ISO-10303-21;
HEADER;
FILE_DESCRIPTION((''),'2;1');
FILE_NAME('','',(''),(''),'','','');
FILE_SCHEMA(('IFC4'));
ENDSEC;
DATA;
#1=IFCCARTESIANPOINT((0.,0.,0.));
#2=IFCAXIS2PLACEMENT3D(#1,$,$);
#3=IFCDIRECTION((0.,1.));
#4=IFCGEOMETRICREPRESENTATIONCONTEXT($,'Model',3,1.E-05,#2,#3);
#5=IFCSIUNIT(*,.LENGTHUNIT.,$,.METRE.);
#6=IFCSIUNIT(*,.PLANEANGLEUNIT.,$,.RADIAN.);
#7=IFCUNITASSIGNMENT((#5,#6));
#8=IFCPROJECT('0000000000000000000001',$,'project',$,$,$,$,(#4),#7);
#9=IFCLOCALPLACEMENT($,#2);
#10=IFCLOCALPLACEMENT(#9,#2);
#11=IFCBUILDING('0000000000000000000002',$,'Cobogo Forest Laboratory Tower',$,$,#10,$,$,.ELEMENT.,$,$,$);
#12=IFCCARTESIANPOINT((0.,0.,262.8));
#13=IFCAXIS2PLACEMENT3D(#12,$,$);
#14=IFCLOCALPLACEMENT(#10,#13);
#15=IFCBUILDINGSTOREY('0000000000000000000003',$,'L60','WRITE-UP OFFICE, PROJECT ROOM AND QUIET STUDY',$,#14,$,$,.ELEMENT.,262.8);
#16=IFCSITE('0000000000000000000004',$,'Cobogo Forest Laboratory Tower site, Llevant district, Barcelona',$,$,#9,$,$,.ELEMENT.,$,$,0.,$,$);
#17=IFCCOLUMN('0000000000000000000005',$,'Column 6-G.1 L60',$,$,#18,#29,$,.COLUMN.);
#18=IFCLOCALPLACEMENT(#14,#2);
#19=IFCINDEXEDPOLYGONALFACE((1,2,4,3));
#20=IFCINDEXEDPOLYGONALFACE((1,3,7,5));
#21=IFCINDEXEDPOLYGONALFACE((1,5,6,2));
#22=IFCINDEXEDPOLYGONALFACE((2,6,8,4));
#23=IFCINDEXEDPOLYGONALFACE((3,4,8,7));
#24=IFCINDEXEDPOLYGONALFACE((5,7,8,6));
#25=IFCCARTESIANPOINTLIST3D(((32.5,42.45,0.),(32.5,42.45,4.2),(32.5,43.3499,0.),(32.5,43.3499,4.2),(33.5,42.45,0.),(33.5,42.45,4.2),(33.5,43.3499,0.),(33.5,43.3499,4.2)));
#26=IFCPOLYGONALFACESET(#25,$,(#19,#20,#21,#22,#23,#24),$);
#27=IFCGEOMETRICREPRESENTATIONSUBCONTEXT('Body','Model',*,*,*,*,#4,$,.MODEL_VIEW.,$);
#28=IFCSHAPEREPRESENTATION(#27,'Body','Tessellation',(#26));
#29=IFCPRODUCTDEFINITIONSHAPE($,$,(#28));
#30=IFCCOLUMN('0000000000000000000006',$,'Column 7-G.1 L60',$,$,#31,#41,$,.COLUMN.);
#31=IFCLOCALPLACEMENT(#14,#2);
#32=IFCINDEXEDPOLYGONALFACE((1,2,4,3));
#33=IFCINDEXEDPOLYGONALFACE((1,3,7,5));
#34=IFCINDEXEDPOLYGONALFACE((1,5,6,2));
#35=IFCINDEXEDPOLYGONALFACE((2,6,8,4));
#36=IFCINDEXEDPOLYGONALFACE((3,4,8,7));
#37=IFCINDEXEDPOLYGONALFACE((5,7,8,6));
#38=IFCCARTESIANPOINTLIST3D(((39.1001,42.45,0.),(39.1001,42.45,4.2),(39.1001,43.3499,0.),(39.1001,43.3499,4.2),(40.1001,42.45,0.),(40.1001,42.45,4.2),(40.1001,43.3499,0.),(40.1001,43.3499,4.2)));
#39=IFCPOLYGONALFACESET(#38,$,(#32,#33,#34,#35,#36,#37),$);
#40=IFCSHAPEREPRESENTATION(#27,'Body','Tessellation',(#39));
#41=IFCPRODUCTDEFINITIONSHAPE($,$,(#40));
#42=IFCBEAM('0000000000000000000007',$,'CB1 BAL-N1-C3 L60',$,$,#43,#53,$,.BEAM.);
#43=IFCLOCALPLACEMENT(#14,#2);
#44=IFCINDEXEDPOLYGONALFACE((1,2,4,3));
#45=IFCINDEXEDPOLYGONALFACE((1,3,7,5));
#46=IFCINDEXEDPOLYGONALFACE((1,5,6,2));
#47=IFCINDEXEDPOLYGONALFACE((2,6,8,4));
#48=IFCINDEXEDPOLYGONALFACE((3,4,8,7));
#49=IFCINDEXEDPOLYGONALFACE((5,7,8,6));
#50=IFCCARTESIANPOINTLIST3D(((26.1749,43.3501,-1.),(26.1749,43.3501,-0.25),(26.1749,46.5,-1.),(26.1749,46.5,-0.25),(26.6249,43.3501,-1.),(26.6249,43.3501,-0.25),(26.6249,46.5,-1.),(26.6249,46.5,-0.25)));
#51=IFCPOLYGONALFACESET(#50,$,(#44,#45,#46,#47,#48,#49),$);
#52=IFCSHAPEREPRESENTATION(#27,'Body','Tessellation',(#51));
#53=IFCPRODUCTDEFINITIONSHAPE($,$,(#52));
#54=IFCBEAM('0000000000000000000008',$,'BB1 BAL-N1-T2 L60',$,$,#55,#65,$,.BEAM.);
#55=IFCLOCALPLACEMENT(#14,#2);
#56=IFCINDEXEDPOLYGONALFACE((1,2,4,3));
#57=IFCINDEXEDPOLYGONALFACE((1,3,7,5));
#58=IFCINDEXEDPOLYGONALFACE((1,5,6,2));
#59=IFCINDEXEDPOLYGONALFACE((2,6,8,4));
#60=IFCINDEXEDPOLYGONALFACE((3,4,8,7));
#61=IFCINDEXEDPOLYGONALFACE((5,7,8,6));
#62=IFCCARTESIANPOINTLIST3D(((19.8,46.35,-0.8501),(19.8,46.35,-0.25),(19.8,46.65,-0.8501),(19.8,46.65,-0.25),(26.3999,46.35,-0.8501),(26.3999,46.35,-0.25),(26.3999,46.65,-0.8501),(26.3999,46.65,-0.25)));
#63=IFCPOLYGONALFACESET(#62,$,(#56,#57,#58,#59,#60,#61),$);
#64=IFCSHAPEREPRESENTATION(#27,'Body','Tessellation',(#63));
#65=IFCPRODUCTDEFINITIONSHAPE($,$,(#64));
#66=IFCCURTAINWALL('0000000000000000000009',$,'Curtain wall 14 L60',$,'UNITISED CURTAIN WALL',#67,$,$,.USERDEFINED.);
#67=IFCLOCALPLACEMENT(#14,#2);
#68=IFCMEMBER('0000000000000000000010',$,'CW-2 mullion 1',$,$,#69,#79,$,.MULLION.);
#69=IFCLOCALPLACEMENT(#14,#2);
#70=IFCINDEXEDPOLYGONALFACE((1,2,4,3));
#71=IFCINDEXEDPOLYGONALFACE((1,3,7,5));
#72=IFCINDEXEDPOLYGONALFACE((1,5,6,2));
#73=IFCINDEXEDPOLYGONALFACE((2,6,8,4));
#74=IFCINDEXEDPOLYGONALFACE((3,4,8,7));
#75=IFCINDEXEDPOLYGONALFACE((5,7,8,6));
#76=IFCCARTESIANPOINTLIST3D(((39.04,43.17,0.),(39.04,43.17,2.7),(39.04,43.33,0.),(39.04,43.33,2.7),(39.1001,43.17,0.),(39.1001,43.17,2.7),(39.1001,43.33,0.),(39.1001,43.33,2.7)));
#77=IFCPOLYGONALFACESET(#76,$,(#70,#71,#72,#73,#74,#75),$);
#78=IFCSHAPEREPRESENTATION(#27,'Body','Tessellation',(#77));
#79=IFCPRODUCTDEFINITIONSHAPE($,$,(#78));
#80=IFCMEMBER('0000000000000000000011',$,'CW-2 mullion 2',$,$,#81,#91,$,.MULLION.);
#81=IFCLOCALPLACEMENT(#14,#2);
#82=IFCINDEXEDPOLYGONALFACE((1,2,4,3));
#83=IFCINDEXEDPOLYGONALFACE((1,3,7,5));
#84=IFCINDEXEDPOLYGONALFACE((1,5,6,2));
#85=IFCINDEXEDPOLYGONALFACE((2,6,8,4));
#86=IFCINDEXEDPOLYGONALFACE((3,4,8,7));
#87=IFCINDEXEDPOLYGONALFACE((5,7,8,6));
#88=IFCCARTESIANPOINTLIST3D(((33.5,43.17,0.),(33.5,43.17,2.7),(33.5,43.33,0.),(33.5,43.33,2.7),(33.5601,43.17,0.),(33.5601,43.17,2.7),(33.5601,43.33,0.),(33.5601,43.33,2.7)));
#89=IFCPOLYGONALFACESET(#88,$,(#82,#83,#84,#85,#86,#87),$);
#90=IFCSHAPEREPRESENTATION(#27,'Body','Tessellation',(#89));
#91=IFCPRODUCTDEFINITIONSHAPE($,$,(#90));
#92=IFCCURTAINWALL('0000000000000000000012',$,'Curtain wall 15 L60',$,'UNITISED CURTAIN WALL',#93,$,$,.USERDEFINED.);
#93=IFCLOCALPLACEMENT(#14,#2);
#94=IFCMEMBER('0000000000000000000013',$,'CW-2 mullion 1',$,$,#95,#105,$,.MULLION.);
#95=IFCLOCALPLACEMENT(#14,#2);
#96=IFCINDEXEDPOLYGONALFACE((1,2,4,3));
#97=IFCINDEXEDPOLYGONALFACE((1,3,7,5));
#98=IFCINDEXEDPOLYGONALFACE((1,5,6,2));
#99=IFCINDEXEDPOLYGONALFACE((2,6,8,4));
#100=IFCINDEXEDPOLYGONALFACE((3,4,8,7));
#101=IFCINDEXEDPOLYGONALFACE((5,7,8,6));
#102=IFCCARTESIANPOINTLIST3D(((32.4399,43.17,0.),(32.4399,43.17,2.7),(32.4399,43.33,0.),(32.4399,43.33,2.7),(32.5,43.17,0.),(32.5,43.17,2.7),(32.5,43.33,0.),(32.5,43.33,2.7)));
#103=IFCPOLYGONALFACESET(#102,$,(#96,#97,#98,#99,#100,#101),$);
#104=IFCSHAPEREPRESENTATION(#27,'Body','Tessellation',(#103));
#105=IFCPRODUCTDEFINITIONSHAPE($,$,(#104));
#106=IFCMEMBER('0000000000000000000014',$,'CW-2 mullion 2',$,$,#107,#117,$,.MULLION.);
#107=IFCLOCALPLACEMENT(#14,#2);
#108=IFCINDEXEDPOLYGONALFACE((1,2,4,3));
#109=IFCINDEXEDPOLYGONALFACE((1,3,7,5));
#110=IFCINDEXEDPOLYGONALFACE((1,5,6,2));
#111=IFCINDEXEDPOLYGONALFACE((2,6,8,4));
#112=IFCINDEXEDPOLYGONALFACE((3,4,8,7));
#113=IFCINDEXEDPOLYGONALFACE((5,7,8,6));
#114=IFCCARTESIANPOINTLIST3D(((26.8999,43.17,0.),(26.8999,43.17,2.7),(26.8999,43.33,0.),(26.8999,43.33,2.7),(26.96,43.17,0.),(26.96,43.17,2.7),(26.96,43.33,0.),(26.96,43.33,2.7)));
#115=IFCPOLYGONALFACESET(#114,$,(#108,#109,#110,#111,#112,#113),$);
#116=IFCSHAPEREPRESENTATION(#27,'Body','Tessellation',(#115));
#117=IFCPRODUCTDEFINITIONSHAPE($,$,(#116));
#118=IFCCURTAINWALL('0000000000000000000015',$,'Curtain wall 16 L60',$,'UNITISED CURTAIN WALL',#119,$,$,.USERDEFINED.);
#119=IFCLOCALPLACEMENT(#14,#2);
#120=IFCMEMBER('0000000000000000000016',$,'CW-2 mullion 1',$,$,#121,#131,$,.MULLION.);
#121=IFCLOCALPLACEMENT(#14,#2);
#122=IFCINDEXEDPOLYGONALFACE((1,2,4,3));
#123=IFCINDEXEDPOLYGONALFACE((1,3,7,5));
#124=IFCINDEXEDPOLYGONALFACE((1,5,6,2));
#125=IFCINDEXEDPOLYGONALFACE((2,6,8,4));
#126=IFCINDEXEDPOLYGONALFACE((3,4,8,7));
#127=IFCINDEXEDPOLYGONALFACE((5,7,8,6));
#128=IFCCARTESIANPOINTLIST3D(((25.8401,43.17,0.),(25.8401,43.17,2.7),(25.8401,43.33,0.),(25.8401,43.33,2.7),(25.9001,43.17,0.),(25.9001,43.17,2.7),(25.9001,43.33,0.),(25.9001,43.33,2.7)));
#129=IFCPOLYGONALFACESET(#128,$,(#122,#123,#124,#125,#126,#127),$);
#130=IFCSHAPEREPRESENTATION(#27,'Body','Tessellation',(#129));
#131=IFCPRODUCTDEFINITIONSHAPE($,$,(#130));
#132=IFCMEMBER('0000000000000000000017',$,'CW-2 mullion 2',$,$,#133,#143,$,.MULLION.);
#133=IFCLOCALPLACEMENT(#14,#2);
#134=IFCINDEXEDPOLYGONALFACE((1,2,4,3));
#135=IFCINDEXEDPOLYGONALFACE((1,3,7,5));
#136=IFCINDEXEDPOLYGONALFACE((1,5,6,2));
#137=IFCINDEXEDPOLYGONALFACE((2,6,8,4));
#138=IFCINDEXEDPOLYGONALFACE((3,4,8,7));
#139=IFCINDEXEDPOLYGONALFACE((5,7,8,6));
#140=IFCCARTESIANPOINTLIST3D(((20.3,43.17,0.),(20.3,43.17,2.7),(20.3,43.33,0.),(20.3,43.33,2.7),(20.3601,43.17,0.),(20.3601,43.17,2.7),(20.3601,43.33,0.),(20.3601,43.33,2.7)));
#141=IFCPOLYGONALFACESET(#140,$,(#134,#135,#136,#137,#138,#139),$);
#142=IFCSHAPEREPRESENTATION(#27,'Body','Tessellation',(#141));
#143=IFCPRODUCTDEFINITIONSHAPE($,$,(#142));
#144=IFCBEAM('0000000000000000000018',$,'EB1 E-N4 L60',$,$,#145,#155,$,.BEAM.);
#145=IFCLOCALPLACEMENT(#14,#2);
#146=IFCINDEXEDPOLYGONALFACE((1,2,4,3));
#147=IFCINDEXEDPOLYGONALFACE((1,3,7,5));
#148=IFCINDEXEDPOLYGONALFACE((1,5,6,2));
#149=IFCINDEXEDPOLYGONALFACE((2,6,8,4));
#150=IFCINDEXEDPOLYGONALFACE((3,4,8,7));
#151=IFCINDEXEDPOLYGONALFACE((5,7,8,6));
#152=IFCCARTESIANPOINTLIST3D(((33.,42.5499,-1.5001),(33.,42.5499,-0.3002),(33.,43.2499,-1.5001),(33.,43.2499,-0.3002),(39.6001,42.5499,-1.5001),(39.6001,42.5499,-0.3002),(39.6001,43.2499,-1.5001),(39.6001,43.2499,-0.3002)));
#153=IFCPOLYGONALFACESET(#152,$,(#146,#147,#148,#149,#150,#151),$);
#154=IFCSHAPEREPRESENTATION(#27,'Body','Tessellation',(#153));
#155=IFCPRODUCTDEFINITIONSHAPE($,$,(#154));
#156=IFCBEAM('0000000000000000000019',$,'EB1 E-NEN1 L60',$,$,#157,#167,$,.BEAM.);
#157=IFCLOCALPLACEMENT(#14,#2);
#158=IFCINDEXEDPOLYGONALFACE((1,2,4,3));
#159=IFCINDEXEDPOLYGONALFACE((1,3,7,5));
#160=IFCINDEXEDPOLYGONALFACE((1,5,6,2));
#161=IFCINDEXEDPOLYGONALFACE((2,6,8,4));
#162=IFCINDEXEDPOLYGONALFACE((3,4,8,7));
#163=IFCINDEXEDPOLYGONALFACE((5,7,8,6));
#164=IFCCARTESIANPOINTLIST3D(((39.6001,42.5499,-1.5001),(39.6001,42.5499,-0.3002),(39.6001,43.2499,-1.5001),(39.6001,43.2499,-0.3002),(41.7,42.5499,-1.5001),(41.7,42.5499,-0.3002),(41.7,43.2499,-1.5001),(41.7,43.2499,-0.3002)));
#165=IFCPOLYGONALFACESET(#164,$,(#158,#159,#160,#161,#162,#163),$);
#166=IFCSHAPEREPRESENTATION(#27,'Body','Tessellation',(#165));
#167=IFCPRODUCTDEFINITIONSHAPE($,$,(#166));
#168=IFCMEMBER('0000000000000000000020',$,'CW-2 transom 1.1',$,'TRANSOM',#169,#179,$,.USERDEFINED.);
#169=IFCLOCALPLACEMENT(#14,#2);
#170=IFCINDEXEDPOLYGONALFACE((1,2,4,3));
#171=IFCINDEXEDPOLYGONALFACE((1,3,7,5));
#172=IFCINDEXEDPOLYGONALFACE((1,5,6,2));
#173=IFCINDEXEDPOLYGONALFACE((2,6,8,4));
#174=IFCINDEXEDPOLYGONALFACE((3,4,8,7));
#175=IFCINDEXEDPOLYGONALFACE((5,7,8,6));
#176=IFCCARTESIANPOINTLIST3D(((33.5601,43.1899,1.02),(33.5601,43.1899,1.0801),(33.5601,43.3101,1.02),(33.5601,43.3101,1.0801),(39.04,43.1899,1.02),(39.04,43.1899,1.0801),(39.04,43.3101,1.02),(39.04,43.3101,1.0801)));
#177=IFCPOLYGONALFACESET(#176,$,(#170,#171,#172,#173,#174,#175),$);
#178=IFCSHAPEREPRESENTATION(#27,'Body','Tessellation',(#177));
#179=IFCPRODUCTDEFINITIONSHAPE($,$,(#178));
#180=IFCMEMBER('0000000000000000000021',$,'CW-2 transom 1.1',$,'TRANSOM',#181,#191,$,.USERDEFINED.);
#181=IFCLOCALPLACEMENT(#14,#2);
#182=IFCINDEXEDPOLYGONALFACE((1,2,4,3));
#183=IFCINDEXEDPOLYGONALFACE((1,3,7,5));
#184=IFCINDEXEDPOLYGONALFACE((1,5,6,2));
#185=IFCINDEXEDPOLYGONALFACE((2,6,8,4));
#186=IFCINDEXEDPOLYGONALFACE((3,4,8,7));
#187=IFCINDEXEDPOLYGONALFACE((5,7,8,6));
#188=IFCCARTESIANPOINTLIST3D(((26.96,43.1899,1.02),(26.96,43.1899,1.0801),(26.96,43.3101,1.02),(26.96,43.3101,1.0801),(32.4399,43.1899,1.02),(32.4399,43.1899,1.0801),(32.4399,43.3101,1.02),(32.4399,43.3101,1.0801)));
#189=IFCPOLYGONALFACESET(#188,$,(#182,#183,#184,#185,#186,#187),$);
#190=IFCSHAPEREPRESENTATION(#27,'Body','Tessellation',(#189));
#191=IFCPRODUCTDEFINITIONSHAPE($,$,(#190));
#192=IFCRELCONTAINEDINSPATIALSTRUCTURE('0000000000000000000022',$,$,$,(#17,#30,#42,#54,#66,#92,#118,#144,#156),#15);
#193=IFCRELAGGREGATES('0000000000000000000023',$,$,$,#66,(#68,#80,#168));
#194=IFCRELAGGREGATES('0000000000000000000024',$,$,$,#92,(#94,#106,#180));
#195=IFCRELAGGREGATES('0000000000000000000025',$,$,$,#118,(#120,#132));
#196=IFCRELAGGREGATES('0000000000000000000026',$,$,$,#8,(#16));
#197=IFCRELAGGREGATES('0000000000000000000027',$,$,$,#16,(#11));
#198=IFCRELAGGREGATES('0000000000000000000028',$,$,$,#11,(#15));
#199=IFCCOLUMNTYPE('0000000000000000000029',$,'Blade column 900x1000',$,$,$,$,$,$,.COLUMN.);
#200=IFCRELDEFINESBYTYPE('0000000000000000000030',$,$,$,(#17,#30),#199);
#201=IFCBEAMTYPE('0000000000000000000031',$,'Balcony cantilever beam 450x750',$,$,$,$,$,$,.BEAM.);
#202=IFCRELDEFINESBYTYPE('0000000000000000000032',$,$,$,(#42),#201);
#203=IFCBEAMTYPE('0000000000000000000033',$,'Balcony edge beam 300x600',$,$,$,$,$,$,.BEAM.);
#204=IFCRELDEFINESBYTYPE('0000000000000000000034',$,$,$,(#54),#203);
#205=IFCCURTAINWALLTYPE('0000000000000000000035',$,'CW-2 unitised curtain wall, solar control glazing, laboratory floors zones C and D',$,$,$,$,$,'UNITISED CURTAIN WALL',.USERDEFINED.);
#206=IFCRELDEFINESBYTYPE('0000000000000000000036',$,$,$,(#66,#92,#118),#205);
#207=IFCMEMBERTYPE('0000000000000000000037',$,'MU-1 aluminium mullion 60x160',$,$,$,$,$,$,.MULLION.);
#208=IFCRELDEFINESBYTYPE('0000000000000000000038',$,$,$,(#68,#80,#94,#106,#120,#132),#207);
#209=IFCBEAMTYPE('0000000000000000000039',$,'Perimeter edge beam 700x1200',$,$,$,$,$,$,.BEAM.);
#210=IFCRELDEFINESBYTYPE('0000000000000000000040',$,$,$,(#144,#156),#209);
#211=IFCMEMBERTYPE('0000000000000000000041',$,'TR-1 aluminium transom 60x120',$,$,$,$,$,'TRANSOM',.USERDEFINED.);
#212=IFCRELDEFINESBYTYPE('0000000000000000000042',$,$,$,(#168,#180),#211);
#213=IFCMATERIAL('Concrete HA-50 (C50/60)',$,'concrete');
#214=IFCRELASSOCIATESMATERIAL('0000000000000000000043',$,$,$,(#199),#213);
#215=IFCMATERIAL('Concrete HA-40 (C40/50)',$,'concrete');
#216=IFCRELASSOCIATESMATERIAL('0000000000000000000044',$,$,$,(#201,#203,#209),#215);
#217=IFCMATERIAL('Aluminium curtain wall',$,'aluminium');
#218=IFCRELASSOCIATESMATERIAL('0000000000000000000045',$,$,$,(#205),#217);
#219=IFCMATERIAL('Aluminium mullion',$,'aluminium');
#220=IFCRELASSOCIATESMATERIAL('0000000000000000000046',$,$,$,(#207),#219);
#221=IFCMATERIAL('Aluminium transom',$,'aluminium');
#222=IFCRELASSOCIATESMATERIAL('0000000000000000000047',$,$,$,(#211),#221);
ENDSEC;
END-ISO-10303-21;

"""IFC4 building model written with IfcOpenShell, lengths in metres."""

from ifc_helpers import new_model, si_unit, direction, frame, origin, origin_2d, place, context, subcontext, project, spatial, rectangle, extrude, material, material_profile, profile_set, type_object, element, aggregate, save


model = new_model("IFC4")

# Units and contexts
model_context = context("Model", 3, precision=1e-05, world=origin(), true_north=direction((0.0, 1.0)))
body_context = subcontext(model_context, "Body", "Model", "MODEL_VIEW")
ifc_project = project(units=[si_unit("LENGTHUNIT", "METRE"), si_unit("PLANEANGLEUNIT", "RADIAN")], contexts=[model_context])

# Site, building, storey
site_placement = place(None, origin())
site = spatial("IfcSite", under=ifc_project, at=site_placement, Name="Cobogo Forest Laboratory Tower site, Llevant district, Barcelona", CompositionType="ELEMENT", RefElevation=0.0)
building_placement = place(site_placement, origin())
building = spatial("IfcBuilding", under=site, at=building_placement, Name="Cobogo Forest Laboratory Tower", CompositionType="ELEMENT")
storey_placement = place(building_placement, frame((0.0, 0.0, 262.8)))
storey = spatial("IfcBuildingStorey", under=building, at=storey_placement, Name="L60", Description="WRITE-UP OFFICE, PROJECT ROOM AND QUIET STUDY", CompositionType="ELEMENT", Elevation=262.8)

# Columns
ifc_material_1 = material(Name="Concrete HA-50 (C50/60)", Category="concrete")
ifc_material_profile_1 = material_profile(ifc_material_1, rectangle(XDim=1.0, YDim=0.8999, at=origin_2d()), Name="RC 900x1000")
ifc_profile_set_1 = profile_set([ifc_material_profile_1], Name="Concrete HA-50 (C50/60)")
column_type = type_object("IfcColumnType", Name="Blade column 900x1000", PredefinedType="COLUMN", material=ifc_profile_set_1)
for number, where, z_axis, x_axis, name in (
    (1, (33.0, 42.8999, 0.0), (0.0, 0.0, 1.0), (1.0, 0.0, 0.0), "Column 6-G.1 L60"),
    (2, (39.6001, 42.8999, 0.0), (0.0, 0.0, 1.0), (1.0, 0.0, 0.0), "Column 7-G.1 L60"),
):
    element("IfcColumn", number, at=place(storey_placement, frame(where, z_axis=z_axis, x_axis=x_axis)), inside=storey, type_object=column_type, Name=name, PredefinedType="COLUMN", context=body_context, shape_type="SweptSolid", body=[
        extrude(rectangle(XDim=1.0, YDim=0.8999, at=origin_2d()), origin(), (0.0, 0.0, 1.0), 4.2),
    ])

# Beams
ifc_material_2 = material(Name="Concrete HA-40 (C40/50)", Category="concrete")
ifc_material_profile_2 = material_profile(ifc_material_2, rectangle(XDim=0.45, YDim=0.75, at=origin_2d()), Name="RC 450x750")
ifc_profile_set_2 = profile_set([ifc_material_profile_2], Name="Concrete HA-40 (C40/50)")
beam_type_1 = type_object("IfcBeamType", Name="Balcony cantilever beam 450x750", PredefinedType="BEAM", material=ifc_profile_set_2)
beam_1_placement = place(storey_placement, frame((26.3999, 43.3501, -0.625), z_axis=(0.0, 1.0, 0.0), x_axis=(-1.0, 0.0, 0.0)))
element("IfcBeam", 3, at=beam_1_placement, inside=storey, type_object=beam_type_1, Name="CB1 BAL-N1-C3 L60", PredefinedType="BEAM", context=body_context, shape_type="SweptSolid", body=[
    extrude(rectangle(XDim=0.45, YDim=0.75, at=origin_2d()), origin(), (0.0, 0.0, 1.0), 3.1499),
])
ifc_material_profile_3 = material_profile(ifc_material_2, rectangle(XDim=0.3, YDim=0.6001, at=origin_2d()), Name="RC 300x600")
ifc_profile_set_3 = profile_set([ifc_material_profile_3], Name="Concrete HA-40 (C40/50)")
beam_type_2 = type_object("IfcBeamType", Name="Balcony edge beam 300x600", PredefinedType="BEAM", material=ifc_profile_set_3)
beam_2_placement = place(storey_placement, frame((19.8, 46.5, -0.55), z_axis=(1.0, 0.0, 0.0), x_axis=(0.0, 1.0, 0.0)))
element("IfcBeam", 4, at=beam_2_placement, inside=storey, type_object=beam_type_2, Name="BB1 BAL-N1-T2 L60", PredefinedType="BEAM", context=body_context, shape_type="SweptSolid", body=[
    extrude(rectangle(XDim=0.3, YDim=0.6001, at=origin_2d()), origin(), (0.0, 0.0, 1.0), 6.5999),
])

# Curtain walls, members
ifc_material_3 = material(Name="Aluminium curtain wall", Category="aluminium")
curtain_wall_type = type_object("IfcCurtainWallType", Name="CW-2 unitised curtain wall, solar control glazing, laboratory floors zones C and D", ElementType="UNITISED CURTAIN WALL", PredefinedType="USERDEFINED", material=ifc_material_3)
curtain_wall_1_placement = place(storey_placement, origin())
curtain_wall_1 = element("IfcCurtainWall", 5, at=curtain_wall_1_placement, inside=storey, type_object=curtain_wall_type, Name="Curtain wall 14 L60", ObjectType="UNITISED CURTAIN WALL", PredefinedType="USERDEFINED")
ifc_material_4 = material(Name="Aluminium mullion", Category="aluminium")
ifc_material_profile_4 = material_profile(ifc_material_4, rectangle(XDim=0.0601, YDim=0.1599, at=origin_2d()), Name="AL 60x160")
ifc_profile_set_4 = profile_set([ifc_material_profile_4], Name="Aluminium mullion")
member_type_1 = type_object("IfcMemberType", Name="MU-1 aluminium mullion 60x160", PredefinedType="MULLION", material=ifc_profile_set_4)
member_1_placement = place(storey_placement, frame((39.0701, 43.25, 0.0), z_axis=(0.0, 0.0, 1.0), x_axis=(-1.0, 0.0, 0.0)))
member_1 = element("IfcMember", 6, at=member_1_placement, type_object=member_type_1, Name="CW-2 mullion 1", PredefinedType="MULLION", context=body_context, shape_type="SweptSolid", body=[
    extrude(rectangle(XDim=0.0601, YDim=0.1599, at=origin_2d()), origin(), (0.0, 0.0, 1.0), 2.7),
])
member_2_placement = place(storey_placement, frame((33.53, 43.25, 0.0), z_axis=(0.0, 0.0, 1.0), x_axis=(-1.0, 0.0, 0.0)))
member_2 = element("IfcMember", 7, at=member_2_placement, type_object=member_type_1, Name="CW-2 mullion 2", PredefinedType="MULLION", context=body_context, shape_type="SweptSolid", body=[
    extrude(rectangle(XDim=0.0601, YDim=0.1599, at=origin_2d()), origin(), (0.0, 0.0, 1.0), 2.7),
])
curtain_wall_2_placement = place(storey_placement, origin())
curtain_wall_2 = element("IfcCurtainWall", 8, at=curtain_wall_2_placement, inside=storey, type_object=curtain_wall_type, Name="Curtain wall 15 L60", ObjectType="UNITISED CURTAIN WALL", PredefinedType="USERDEFINED")
member_3_placement = place(storey_placement, frame((32.47, 43.25, 0.0), z_axis=(0.0, 0.0, 1.0), x_axis=(-1.0, 0.0, 0.0)))
member_3 = element("IfcMember", 9, at=member_3_placement, type_object=member_type_1, Name="CW-2 mullion 1", PredefinedType="MULLION", context=body_context, shape_type="SweptSolid", body=[
    extrude(rectangle(XDim=0.0601, YDim=0.1599, at=origin_2d()), origin(), (0.0, 0.0, 1.0), 2.7),
])
member_4_placement = place(storey_placement, frame((26.9299, 43.25, 0.0), z_axis=(0.0, 0.0, 1.0), x_axis=(-1.0, 0.0, 0.0)))
member_4 = element("IfcMember", 10, at=member_4_placement, type_object=member_type_1, Name="CW-2 mullion 2", PredefinedType="MULLION", context=body_context, shape_type="SweptSolid", body=[
    extrude(rectangle(XDim=0.0601, YDim=0.1599, at=origin_2d()), origin(), (0.0, 0.0, 1.0), 2.7),
])
curtain_wall_3_placement = place(storey_placement, origin())
curtain_wall_3 = element("IfcCurtainWall", 11, at=curtain_wall_3_placement, inside=storey, type_object=curtain_wall_type, Name="Curtain wall 16 L60", ObjectType="UNITISED CURTAIN WALL", PredefinedType="USERDEFINED")
member_5_placement = place(storey_placement, frame((25.8701, 43.25, 0.0), z_axis=(0.0, 0.0, 1.0), x_axis=(-1.0, 0.0, 0.0)))
member_5 = element("IfcMember", 12, at=member_5_placement, type_object=member_type_1, Name="CW-2 mullion 1", PredefinedType="MULLION", context=body_context, shape_type="SweptSolid", body=[
    extrude(rectangle(XDim=0.0601, YDim=0.1599, at=origin_2d()), origin(), (0.0, 0.0, 1.0), 2.7),
])
member_6_placement = place(storey_placement, frame((20.3301, 43.25, 0.0), z_axis=(0.0, 0.0, 1.0), x_axis=(-1.0, 0.0, 0.0)))
member_6 = element("IfcMember", 13, at=member_6_placement, type_object=member_type_1, Name="CW-2 mullion 2", PredefinedType="MULLION", context=body_context, shape_type="SweptSolid", body=[
    extrude(rectangle(XDim=0.0601, YDim=0.1599, at=origin_2d()), origin(), (0.0, 0.0, 1.0), 2.7),
])

# Beams
ifc_material_profile_5 = material_profile(ifc_material_2, rectangle(XDim=0.7, YDim=1.2, at=origin_2d()), Name="RC 700x1200")
ifc_profile_set_5 = profile_set([ifc_material_profile_5], Name="Concrete HA-40 (C40/50)")
beam_type_3 = type_object("IfcBeamType", Name="Perimeter edge beam 700x1200", PredefinedType="BEAM", material=ifc_profile_set_5)
beam_3_placement = place(storey_placement, frame((33.0, 42.8999, -0.9001), z_axis=(1.0, 0.0, 0.0), x_axis=(0.0, 1.0, 0.0)))
element("IfcBeam", 14, at=beam_3_placement, inside=storey, type_object=beam_type_3, Name="EB1 E-N4 L60", PredefinedType="BEAM", context=body_context, shape_type="SweptSolid", body=[
    extrude(rectangle(XDim=0.7, YDim=1.2, at=origin_2d()), origin(), (0.0, 0.0, 1.0), 6.6001),
])
beam_4_placement = place(storey_placement, frame((39.6001, 42.8999, -0.9001), z_axis=(1.0, 0.0, 0.0), x_axis=(0.0, 1.0, 0.0)))
element("IfcBeam", 15, at=beam_4_placement, inside=storey, type_object=beam_type_3, Name="EB1 E-NEN1 L60", PredefinedType="BEAM", context=body_context, shape_type="SweptSolid", body=[
    extrude(rectangle(XDim=0.7, YDim=1.2, at=origin_2d()), origin(), (0.0, 0.0, 1.0), 2.0999),
])

# Members
ifc_material_5 = material(Name="Aluminium transom", Category="aluminium")
ifc_material_profile_6 = material_profile(ifc_material_5, rectangle(XDim=0.1201, YDim=0.0601, at=origin_2d()), Name="AL 60x120")
ifc_profile_set_6 = profile_set([ifc_material_profile_6], Name="Aluminium transom")
member_type_2 = type_object("IfcMemberType", Name="TR-1 aluminium transom 60x120", ElementType="TRANSOM", PredefinedType="USERDEFINED", material=ifc_profile_set_6)
member_7_placement = place(storey_placement, frame((39.04, 43.25, 1.05), z_axis=(-1.0, 0.0, 0.0), x_axis=(0.0, -1.0, 0.0)))
member_7 = element("IfcMember", 16, at=member_7_placement, type_object=member_type_2, Name="CW-2 transom 1.1", ObjectType="TRANSOM", PredefinedType="USERDEFINED", context=body_context, shape_type="SweptSolid", body=[
    extrude(rectangle(XDim=0.1201, YDim=0.0601, at=origin_2d()), origin(), (0.0, 0.0, 1.0), 5.48),
])
member_8_placement = place(storey_placement, frame((32.4399, 43.25, 1.05), z_axis=(-1.0, 0.0, 0.0), x_axis=(0.0, -1.0, 0.0)))
member_8 = element("IfcMember", 17, at=member_8_placement, type_object=member_type_2, Name="CW-2 transom 1.1", ObjectType="TRANSOM", PredefinedType="USERDEFINED", context=body_context, shape_type="SweptSolid", body=[
    extrude(rectangle(XDim=0.1201, YDim=0.0601, at=origin_2d()), origin(), (0.0, 0.0, 1.0), 5.48),
])

aggregate(curtain_wall_1, [member_1, member_2, member_7])
aggregate(curtain_wall_2, [member_3, member_4, member_8])
aggregate(curtain_wall_3, [member_5, member_6])

save(model, "model.ifc")
